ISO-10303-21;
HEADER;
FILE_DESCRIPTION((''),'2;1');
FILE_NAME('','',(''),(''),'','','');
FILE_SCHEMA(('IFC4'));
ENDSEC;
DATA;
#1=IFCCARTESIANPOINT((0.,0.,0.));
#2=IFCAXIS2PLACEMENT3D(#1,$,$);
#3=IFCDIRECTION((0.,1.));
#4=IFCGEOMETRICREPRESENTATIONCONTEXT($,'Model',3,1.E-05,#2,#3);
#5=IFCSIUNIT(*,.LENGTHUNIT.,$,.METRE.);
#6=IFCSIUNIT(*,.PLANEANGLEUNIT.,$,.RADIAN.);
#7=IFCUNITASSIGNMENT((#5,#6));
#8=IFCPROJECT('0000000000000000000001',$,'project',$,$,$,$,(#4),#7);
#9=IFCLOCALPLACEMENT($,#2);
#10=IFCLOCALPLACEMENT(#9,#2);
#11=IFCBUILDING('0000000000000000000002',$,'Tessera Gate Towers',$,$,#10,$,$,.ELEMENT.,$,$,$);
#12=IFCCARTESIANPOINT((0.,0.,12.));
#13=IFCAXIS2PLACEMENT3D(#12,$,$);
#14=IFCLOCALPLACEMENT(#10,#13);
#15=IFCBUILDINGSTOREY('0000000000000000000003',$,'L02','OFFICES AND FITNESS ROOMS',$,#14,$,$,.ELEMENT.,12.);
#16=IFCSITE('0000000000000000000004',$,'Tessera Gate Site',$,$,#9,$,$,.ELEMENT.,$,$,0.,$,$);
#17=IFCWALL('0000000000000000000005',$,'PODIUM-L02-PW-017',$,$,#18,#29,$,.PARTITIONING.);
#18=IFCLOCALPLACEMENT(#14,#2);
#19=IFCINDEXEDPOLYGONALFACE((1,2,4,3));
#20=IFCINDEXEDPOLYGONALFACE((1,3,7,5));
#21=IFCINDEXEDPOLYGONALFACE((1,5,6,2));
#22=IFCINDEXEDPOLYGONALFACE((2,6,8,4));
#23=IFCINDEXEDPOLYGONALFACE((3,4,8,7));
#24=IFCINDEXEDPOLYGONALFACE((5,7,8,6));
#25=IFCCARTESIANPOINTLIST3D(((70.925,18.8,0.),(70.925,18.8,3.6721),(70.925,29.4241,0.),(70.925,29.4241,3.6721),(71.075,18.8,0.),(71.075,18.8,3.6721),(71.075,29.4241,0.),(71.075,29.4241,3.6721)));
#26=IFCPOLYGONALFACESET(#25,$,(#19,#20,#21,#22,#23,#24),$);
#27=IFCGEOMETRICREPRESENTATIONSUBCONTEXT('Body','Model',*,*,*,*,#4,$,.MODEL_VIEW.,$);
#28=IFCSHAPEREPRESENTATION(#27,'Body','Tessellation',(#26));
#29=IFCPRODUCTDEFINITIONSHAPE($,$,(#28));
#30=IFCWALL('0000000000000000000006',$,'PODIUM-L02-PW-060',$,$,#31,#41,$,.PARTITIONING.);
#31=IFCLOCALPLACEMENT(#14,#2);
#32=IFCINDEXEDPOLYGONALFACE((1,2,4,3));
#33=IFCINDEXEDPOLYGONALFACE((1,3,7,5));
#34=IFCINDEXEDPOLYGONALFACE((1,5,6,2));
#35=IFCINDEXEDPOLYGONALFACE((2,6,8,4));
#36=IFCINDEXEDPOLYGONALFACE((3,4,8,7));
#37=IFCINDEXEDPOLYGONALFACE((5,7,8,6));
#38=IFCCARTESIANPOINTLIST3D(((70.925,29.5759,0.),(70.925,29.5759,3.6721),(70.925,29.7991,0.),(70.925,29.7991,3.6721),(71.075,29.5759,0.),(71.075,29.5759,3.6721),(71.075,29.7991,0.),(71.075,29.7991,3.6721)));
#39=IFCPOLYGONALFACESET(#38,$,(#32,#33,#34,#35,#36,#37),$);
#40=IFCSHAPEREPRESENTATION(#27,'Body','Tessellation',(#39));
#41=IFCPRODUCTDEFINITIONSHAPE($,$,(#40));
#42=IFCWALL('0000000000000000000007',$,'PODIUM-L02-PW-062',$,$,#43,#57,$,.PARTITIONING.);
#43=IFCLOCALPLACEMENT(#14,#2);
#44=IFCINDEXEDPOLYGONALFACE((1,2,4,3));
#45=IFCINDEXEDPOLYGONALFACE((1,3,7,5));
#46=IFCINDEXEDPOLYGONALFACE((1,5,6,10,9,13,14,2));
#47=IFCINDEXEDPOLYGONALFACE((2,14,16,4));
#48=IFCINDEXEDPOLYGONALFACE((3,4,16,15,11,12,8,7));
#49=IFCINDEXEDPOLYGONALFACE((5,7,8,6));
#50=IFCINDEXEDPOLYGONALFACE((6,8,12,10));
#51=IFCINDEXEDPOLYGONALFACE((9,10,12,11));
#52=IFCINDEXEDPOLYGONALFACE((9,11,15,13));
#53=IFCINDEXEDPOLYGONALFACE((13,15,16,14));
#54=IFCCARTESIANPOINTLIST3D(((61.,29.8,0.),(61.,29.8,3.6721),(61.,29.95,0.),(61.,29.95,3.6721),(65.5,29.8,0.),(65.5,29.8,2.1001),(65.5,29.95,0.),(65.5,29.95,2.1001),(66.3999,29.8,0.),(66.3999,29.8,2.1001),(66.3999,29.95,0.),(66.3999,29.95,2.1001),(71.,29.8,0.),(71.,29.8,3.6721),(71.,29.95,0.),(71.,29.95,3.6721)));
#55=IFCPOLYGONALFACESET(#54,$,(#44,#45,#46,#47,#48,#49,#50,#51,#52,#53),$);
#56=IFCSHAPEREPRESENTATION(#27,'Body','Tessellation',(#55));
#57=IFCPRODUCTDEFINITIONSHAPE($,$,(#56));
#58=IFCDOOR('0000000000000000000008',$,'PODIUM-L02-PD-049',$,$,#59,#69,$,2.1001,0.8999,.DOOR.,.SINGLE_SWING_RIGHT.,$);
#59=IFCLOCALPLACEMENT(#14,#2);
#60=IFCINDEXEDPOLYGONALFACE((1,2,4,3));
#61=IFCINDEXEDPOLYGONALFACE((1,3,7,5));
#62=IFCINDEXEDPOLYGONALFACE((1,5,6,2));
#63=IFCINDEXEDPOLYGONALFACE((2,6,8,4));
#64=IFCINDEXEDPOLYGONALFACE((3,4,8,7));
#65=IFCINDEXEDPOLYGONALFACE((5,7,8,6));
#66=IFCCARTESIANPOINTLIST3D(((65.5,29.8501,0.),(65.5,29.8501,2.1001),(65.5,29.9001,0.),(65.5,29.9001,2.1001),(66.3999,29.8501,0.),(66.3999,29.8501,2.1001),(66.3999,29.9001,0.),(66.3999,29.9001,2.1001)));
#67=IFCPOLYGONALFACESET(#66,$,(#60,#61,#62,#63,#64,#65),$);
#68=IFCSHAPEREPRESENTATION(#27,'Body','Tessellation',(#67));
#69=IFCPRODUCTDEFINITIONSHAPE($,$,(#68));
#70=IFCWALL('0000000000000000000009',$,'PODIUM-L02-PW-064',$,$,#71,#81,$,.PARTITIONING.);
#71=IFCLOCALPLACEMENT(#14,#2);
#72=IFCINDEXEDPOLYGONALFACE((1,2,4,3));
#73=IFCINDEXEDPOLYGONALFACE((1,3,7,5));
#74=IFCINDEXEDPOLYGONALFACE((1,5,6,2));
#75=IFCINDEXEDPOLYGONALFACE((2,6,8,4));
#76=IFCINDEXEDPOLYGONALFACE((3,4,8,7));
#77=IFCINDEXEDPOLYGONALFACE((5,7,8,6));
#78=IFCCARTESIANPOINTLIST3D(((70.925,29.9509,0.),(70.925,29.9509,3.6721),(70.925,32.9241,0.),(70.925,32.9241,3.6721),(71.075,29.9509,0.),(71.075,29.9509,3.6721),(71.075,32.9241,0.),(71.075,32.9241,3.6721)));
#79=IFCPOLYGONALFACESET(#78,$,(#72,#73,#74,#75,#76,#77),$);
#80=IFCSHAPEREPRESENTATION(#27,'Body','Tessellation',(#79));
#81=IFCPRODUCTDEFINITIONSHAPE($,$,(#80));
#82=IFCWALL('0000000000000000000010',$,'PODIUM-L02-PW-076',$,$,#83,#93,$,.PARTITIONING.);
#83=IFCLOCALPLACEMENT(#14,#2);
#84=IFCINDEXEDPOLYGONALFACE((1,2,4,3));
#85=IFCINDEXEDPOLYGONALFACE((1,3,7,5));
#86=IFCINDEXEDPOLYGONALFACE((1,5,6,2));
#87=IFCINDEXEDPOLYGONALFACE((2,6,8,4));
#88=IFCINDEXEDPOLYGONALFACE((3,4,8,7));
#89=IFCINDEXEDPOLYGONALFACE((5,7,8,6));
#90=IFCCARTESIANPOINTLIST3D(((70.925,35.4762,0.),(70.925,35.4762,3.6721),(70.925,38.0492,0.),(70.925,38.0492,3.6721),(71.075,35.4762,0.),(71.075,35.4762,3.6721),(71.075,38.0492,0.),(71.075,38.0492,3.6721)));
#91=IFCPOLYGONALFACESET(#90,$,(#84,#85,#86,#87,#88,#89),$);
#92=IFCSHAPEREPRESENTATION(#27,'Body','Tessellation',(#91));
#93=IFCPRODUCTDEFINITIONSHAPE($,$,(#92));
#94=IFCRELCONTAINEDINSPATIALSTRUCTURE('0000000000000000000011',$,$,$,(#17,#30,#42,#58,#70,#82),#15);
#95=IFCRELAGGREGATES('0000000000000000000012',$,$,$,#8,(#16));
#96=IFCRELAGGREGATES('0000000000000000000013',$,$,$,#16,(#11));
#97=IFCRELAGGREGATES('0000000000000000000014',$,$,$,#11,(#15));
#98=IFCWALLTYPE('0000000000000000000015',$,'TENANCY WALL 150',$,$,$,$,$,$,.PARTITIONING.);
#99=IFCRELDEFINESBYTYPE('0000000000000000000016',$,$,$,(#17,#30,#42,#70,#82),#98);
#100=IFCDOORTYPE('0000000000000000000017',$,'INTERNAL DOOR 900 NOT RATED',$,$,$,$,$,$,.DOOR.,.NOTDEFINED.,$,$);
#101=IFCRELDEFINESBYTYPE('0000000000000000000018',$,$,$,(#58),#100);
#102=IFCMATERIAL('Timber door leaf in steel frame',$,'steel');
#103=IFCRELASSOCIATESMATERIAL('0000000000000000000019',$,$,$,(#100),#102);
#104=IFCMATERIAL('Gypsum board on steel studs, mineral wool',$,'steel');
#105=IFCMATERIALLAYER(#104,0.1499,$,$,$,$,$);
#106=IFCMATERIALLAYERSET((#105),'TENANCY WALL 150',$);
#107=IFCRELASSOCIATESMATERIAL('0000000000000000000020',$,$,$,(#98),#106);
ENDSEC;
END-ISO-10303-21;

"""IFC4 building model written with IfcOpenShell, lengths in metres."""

from ifc_helpers import new_model, si_unit, direction, frame, frame_2d, origin, place, context, subcontext, project, spatial, rectangle, extrude, source, transform, mapped, material, layer, layer_set, type_object, element, fill, save


model = new_model("IFC4")

# Units and contexts
model_context = context("Model", 3, precision=1e-05, world=origin(), true_north=direction((0.0, 1.0)))
body_context = subcontext(model_context, "Body", "Model", "MODEL_VIEW")
ifc_project = project(units=[si_unit("LENGTHUNIT", "METRE"), si_unit("PLANEANGLEUNIT", "RADIAN")], contexts=[model_context])

# Site, building, storey
site_placement = place(None, origin())
site = spatial("IfcSite", under=ifc_project, at=site_placement, Name="Tessera Gate Site", CompositionType="ELEMENT", RefElevation=0.0)
building_placement = place(site_placement, origin())
building = spatial("IfcBuilding", under=site, at=building_placement, Name="Tessera Gate Towers", CompositionType="ELEMENT")
storey_placement = place(building_placement, frame((0.0, 0.0, 12.0)))
storey = spatial("IfcBuildingStorey", under=building, at=storey_placement, Name="L02", Description="OFFICES AND FITNESS ROOMS", CompositionType="ELEMENT", Elevation=12.0)

# Shared definitions
ifc_material_1 = material(Name="Timber door leaf in steel frame", Category="steel")
door_type = type_object("IfcDoorType", Name="INTERNAL DOOR 900 NOT RATED", OperationType="NOTDEFINED", PredefinedType="DOOR", material=ifc_material_1)
shared_shape_1 = source(origin(), body_context, "Body", "SweptSolid", [
    extrude(rectangle(XDim=0.8999, YDim=2.1001, at=frame_2d((0.45, 1.05))), frame((0.0, 0.0249, 0.0), z_axis=(0.0, -1.0, 0.0), x_axis=(1.0, 0.0, 0.0)), (0.0, 0.0, 1.0), 0.05),
])

# Walls
ifc_material_2 = material(Name="Gypsum board on steel studs, mineral wool", Category="steel")
ifc_layer_1 = layer(ifc_material_2, 0.1499)
ifc_layer_set_1 = layer_set([ifc_layer_1], Name="TENANCY WALL 150")
wall_type_1 = type_object("IfcWallType", Name="TENANCY WALL 150", PredefinedType="PARTITIONING", material=ifc_layer_set_1)
wall_1_placement = place(storey_placement, frame((71.0, 18.8, 0.0), z_axis=(0.0, 0.0, 1.0), x_axis=(0.0, 1.0, 0.0)))
element("IfcWall", 1, at=wall_1_placement, inside=storey, type_object=wall_type_1, Name="PODIUM-L02-PW-017", PredefinedType="PARTITIONING", context=body_context, shape_type="SweptSolid", body=[
    extrude(rectangle(XDim=10.624, YDim=0.1499, at=frame_2d((5.312, 0.0))), origin(), (0.0, 0.0, 1.0), 3.6721),
])
wall_2_placement = place(storey_placement, frame((71.0, 29.5759, 0.0), z_axis=(0.0, 0.0, 1.0), x_axis=(0.0, 1.0, 0.0)))
element("IfcWall", 2, at=wall_2_placement, inside=storey, type_object=wall_type_1, Name="PODIUM-L02-PW-060", PredefinedType="PARTITIONING", context=body_context, shape_type="SweptSolid", body=[
    extrude(rectangle(XDim=0.2231, YDim=0.1499, at=frame_2d((0.1116, 0.0))), origin(), (0.0, 0.0, 1.0), 3.6721),
])

# Wall, opening, door
wall_3_placement = place(storey_placement, frame((71.0, 29.875, 0.0), z_axis=(0.0, 0.0, 1.0), x_axis=(-1.0, 0.0, 0.0)))
wall_3 = element("IfcWall", 3, at=wall_3_placement, inside=storey, type_object=wall_type_1, Name="PODIUM-L02-PW-062", PredefinedType="PARTITIONING", context=body_context, shape_type="SweptSolid", body=[
    extrude(rectangle(XDim=10.0, YDim=0.1499, at=frame_2d((5.0, 0.0))), origin(), (0.0, 0.0, 1.0), 3.6721),
])
shared_shape_2 = source(origin(), body_context, "Body", "SweptSolid", [
    extrude(rectangle(XDim=0.8999, YDim=2.1001, at=frame_2d((0.45, 1.05))), frame((0.0, 0.085, 0.0), z_axis=(0.0, -1.0, 0.0), x_axis=(1.0, 0.0, 0.0)), (0.0, 0.0, 1.0), 0.1699),
])
opening_1_placement = place(wall_3_placement, frame((4.6001, 0.0, 0.0)))
opening_1 = element("IfcOpeningElement", 4, at=opening_1_placement, cuts=wall_3, PredefinedType="OPENING", context=body_context, shape_type="MappedRepresentation", body=[
    mapped(shared_shape_2, transform((0.0, 0.0, 0.0), scale=1.0)),
])
door_1_placement = place(opening_1_placement, origin())
door_1 = element("IfcDoor", 5, at=door_1_placement, inside=storey, type_object=door_type, Name="PODIUM-L02-PD-049", OperationType="SINGLE_SWING_RIGHT", OverallHeight=2.1001, OverallWidth=0.8999, PredefinedType="DOOR", context=body_context, shape_type="MappedRepresentation", body=[
    mapped(shared_shape_1, transform((0.0, 0.0, 0.0), scale=1.0)),
])
fill(opening_1, door_1)

# Walls
wall_4_placement = place(storey_placement, frame((71.0, 29.9509, 0.0), z_axis=(0.0, 0.0, 1.0), x_axis=(0.0, 1.0, 0.0)))
element("IfcWall", 6, at=wall_4_placement, inside=storey, type_object=wall_type_1, Name="PODIUM-L02-PW-064", PredefinedType="PARTITIONING", context=body_context, shape_type="SweptSolid", body=[
    extrude(rectangle(XDim=2.9731, YDim=0.1499, at=frame_2d((1.4866, 0.0))), origin(), (0.0, 0.0, 1.0), 3.6721),
])
wall_5_placement = place(storey_placement, frame((71.0, 35.4761, 0.0), z_axis=(0.0, 0.0, 1.0), x_axis=(0.0, 1.0, 0.0)))
element("IfcWall", 7, at=wall_5_placement, inside=storey, type_object=wall_type_1, Name="PODIUM-L02-PW-076", PredefinedType="PARTITIONING", context=body_context, shape_type="SweptSolid", body=[
    extrude(rectangle(XDim=2.573, YDim=0.1499, at=frame_2d((1.2866, 0.0))), origin(), (0.0, 0.0, 1.0), 3.6721),
])

save(model, "model.ifc")
